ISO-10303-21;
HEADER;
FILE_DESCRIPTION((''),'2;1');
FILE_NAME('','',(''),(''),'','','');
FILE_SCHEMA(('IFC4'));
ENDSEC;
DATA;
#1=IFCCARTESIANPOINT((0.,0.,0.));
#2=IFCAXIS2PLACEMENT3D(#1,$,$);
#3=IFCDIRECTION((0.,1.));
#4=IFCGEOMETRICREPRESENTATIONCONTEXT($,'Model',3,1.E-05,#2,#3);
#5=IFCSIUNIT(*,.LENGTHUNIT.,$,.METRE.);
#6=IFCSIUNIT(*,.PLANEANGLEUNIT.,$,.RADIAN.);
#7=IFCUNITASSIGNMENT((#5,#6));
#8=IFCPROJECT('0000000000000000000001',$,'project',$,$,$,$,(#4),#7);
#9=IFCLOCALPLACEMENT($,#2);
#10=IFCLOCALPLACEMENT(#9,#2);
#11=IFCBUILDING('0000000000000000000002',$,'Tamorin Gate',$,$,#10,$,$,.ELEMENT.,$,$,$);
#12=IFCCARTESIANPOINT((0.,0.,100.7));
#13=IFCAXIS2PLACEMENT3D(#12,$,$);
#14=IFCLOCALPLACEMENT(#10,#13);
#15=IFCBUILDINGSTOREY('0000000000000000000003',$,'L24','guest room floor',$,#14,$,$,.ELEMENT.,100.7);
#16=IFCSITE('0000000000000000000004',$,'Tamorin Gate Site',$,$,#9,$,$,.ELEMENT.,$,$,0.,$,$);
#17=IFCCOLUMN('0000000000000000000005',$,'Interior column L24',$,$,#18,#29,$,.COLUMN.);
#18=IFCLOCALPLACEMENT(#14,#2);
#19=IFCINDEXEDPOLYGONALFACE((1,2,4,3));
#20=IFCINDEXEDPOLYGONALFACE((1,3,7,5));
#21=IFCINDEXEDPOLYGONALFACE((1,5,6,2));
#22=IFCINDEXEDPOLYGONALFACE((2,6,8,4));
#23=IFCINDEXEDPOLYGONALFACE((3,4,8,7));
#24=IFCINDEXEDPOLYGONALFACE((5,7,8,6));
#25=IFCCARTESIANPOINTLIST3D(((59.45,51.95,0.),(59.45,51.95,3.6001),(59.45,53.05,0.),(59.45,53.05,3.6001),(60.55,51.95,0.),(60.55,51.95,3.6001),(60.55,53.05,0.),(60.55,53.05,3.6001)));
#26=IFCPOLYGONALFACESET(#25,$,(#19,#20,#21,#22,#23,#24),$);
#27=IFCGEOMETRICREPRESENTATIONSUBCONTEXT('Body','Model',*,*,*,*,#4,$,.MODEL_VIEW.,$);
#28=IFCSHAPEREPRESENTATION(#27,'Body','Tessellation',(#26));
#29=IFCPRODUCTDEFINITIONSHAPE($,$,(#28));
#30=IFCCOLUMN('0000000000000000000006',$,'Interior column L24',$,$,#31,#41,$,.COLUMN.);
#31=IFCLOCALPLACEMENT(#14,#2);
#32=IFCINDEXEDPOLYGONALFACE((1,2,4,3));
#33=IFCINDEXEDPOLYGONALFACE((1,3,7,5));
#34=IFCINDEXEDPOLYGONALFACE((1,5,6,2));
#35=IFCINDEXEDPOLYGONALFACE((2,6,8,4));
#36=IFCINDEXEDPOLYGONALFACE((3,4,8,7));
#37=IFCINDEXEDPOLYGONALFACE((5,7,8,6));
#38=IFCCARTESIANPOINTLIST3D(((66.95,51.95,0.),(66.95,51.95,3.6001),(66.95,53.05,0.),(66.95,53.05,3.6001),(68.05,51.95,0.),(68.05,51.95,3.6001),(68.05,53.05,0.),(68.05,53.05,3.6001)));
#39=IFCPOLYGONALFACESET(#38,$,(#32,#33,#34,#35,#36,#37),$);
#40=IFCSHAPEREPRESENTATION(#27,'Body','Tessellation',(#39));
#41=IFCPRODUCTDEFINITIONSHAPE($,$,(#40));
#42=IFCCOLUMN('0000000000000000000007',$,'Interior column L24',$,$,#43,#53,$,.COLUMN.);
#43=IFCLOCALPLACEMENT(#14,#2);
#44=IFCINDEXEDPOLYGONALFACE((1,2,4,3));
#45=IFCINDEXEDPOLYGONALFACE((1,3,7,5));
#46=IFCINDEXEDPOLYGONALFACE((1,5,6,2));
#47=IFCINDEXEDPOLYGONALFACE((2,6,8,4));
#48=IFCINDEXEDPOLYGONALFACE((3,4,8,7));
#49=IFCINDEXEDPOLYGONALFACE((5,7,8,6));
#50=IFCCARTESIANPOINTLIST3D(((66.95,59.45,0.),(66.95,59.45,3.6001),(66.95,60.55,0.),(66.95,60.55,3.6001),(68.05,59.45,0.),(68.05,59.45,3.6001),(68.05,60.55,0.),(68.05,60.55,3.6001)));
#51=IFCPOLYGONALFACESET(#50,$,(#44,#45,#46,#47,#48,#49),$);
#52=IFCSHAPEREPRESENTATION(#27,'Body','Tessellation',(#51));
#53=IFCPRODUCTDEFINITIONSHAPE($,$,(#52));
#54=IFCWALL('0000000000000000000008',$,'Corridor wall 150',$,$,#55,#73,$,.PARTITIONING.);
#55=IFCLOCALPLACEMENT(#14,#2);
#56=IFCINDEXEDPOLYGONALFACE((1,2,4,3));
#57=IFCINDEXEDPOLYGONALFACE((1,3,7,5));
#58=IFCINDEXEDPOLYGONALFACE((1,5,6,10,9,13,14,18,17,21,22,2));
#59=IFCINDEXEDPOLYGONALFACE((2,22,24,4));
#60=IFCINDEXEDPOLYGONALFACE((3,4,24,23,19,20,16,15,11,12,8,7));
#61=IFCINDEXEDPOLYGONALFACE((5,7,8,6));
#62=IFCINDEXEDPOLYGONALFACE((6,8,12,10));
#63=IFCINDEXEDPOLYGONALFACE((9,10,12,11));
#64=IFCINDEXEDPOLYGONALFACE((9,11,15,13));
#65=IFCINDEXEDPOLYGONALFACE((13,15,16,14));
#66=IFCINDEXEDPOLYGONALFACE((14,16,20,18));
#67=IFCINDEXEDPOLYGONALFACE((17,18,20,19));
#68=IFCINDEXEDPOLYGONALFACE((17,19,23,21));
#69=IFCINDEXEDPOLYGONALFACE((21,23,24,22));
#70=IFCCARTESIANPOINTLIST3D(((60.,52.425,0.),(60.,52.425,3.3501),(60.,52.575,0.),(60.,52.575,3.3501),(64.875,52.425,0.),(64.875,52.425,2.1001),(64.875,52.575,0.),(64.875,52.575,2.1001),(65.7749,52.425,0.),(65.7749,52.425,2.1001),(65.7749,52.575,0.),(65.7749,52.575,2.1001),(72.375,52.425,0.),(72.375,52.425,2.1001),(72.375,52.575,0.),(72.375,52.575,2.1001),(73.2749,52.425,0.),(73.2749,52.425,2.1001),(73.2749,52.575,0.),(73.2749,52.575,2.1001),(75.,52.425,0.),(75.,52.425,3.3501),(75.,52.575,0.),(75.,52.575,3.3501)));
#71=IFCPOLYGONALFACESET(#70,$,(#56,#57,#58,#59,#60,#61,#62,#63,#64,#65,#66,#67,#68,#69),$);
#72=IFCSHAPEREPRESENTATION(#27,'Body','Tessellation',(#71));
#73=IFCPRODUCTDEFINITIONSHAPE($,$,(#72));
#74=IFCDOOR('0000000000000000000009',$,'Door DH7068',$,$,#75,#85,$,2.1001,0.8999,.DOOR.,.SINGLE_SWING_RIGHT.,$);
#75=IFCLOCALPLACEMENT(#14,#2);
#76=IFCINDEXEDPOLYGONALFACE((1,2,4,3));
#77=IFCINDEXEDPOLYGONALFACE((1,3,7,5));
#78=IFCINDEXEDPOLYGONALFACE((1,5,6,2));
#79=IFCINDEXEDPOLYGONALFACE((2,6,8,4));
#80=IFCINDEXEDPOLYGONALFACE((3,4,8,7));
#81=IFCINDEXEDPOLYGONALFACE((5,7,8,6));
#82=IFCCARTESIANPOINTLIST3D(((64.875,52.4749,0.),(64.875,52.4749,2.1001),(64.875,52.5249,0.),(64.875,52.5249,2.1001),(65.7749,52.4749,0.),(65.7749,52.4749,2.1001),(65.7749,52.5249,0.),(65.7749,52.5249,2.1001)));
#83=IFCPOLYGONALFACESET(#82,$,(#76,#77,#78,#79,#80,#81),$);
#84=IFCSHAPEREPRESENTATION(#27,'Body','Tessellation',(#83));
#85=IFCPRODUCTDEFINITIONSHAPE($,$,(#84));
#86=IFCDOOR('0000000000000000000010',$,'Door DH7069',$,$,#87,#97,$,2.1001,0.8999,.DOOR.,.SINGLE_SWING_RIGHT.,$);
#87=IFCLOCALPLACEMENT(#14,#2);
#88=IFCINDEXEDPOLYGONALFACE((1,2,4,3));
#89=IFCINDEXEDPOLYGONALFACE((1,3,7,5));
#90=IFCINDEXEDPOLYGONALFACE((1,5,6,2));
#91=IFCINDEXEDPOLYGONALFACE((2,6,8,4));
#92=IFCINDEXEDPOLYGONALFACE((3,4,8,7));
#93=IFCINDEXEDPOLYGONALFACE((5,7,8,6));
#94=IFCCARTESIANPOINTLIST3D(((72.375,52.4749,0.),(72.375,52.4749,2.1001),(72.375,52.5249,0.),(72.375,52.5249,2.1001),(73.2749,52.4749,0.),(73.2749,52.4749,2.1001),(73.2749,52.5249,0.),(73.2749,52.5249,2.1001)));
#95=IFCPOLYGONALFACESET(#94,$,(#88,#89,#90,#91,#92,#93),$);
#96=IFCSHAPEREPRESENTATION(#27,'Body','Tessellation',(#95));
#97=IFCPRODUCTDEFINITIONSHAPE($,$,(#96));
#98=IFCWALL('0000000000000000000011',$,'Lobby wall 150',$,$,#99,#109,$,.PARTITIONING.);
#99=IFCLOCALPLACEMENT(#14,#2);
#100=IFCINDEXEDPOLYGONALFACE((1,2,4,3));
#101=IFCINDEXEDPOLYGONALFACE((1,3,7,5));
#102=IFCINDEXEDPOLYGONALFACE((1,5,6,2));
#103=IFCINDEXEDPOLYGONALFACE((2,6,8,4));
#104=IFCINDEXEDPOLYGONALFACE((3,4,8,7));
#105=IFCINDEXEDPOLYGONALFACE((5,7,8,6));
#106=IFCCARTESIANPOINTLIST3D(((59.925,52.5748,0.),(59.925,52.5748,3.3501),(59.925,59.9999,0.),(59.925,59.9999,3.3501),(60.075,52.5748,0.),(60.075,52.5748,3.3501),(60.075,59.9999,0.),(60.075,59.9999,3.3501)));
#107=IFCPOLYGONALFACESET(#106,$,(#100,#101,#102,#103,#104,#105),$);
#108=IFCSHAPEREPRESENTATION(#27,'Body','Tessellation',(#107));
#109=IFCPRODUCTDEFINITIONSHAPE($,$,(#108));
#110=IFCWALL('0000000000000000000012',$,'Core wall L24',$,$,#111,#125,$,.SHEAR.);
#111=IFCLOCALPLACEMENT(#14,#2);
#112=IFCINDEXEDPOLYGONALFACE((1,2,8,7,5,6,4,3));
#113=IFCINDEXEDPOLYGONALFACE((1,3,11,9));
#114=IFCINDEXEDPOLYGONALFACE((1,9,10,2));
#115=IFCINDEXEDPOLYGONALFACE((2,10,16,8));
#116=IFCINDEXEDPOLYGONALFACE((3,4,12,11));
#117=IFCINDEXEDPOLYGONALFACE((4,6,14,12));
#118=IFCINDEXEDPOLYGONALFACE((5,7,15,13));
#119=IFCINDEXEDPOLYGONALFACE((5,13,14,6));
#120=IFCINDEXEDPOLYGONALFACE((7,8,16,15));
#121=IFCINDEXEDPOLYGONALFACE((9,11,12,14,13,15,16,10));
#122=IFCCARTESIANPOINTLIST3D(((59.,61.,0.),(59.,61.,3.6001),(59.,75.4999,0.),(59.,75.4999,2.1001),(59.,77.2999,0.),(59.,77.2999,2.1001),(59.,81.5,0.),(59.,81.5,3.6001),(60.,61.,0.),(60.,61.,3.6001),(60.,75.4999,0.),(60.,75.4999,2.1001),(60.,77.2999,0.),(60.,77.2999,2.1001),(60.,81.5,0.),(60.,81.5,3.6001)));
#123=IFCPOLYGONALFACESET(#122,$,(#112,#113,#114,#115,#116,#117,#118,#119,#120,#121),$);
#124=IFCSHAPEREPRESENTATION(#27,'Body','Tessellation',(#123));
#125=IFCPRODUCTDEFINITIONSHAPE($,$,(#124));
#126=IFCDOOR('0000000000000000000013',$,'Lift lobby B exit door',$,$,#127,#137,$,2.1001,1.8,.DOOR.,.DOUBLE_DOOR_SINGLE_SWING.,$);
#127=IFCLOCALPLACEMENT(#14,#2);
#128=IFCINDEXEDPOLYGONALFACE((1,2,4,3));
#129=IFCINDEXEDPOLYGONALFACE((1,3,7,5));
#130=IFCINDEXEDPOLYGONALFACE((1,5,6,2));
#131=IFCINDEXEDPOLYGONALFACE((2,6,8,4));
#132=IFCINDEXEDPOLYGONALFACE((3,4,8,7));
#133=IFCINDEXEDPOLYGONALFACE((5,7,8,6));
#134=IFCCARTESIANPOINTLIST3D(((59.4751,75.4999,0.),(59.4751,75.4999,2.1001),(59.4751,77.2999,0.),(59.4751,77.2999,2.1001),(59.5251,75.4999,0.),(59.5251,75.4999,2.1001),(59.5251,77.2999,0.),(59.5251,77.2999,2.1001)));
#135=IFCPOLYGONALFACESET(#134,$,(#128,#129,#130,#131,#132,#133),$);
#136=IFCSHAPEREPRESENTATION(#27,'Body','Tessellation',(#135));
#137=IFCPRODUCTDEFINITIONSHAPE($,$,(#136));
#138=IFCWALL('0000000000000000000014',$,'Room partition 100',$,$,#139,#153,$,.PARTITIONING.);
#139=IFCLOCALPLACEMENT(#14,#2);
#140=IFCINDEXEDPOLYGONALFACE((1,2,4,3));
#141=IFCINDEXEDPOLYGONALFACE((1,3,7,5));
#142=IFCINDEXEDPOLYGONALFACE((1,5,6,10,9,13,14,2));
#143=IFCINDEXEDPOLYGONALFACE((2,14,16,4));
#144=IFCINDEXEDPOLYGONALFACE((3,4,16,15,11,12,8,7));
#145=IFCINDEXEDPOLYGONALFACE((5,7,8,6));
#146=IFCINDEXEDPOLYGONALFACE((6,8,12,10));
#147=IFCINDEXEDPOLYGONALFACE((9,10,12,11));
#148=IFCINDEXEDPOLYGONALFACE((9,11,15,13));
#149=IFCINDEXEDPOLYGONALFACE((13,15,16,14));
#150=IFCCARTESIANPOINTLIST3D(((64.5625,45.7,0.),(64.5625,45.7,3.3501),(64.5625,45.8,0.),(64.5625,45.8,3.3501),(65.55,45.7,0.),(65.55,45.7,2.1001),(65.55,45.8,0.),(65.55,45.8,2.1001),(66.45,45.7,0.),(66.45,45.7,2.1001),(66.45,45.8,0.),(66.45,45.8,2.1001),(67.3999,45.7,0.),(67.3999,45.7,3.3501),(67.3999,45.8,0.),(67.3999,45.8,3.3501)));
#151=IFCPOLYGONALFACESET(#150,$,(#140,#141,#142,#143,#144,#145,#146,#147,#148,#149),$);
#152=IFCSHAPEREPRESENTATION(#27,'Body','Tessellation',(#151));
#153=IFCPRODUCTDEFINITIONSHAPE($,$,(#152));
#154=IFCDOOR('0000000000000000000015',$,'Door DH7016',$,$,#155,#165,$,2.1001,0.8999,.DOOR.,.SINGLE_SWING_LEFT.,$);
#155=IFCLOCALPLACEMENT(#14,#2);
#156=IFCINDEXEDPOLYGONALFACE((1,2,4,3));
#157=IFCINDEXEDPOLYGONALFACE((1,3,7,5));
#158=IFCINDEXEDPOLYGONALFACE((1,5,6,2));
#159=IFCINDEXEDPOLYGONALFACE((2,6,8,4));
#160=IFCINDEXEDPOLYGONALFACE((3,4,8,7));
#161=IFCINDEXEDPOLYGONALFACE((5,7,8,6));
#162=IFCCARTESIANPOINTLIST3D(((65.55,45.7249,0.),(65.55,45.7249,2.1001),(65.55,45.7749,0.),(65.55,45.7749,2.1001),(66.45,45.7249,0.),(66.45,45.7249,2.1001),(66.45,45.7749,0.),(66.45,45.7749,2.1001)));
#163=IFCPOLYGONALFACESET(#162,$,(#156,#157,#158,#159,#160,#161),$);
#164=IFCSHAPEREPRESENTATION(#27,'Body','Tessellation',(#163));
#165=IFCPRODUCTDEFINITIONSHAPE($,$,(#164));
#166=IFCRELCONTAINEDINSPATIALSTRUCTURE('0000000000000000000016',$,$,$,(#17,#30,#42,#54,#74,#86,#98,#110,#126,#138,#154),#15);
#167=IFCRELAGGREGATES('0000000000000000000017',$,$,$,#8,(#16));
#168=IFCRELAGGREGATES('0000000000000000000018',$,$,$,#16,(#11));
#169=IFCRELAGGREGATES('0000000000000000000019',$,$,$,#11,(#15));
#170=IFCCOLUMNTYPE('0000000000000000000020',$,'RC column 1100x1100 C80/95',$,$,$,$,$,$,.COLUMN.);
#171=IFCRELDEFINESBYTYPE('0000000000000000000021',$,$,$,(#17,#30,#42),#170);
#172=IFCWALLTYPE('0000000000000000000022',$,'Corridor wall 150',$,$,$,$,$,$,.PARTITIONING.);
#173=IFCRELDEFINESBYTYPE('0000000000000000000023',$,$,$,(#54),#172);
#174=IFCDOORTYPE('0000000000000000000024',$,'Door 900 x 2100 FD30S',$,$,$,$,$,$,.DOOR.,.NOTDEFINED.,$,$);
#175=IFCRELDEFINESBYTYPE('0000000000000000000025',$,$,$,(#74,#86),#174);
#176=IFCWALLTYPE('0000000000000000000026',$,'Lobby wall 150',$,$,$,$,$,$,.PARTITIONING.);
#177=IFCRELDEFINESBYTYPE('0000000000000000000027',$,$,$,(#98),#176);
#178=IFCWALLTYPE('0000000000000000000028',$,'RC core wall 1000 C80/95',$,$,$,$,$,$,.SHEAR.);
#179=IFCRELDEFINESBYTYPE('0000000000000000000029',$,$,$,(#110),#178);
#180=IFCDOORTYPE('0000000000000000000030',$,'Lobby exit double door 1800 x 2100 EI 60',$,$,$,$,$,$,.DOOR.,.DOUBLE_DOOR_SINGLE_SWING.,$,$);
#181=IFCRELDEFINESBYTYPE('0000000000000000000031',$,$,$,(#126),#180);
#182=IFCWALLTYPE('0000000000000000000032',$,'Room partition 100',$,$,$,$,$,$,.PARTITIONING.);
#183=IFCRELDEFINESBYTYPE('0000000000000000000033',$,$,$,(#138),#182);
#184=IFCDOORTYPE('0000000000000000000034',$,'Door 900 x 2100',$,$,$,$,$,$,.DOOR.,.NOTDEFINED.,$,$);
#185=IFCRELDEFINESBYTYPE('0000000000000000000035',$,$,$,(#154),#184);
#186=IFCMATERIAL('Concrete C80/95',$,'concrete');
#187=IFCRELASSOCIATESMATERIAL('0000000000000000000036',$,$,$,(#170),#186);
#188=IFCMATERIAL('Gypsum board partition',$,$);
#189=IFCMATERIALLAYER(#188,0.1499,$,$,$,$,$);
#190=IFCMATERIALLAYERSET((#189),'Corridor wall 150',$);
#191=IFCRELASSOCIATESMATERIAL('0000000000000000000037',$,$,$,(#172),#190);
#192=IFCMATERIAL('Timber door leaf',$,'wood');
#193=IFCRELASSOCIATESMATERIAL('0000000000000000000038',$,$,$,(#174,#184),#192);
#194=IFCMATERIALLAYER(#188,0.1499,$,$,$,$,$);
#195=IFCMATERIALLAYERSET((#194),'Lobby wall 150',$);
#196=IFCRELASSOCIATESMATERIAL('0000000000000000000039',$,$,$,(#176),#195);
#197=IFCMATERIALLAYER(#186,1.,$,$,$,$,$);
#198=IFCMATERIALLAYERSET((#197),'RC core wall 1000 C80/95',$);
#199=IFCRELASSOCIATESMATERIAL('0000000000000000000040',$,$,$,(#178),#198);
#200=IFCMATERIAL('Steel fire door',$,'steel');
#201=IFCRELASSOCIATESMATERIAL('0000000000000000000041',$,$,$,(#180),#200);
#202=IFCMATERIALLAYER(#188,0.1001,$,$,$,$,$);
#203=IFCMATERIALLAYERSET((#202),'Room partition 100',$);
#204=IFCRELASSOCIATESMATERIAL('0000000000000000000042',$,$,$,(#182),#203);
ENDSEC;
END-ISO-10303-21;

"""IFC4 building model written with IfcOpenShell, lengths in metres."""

from ifc_helpers import new_model, si_unit, direction, frame, frame_2d, origin, origin_2d, place, context, subcontext, project, spatial, rectangle, extrude, material, layer, layer_set, material_profile, profile_set, type_object, element, fill, save


model = new_model("IFC4")

# Units and contexts
model_context = context("Model", 3, precision=1e-05, world=origin(), true_north=direction((0.0, 1.0)))
body_context = subcontext(model_context, "Body", "Model", "MODEL_VIEW")
ifc_project = project(units=[si_unit("LENGTHUNIT", "METRE"), si_unit("PLANEANGLEUNIT", "RADIAN")], contexts=[model_context])

# Site, building, storey
site_placement = place(None, origin())
site = spatial("IfcSite", under=ifc_project, at=site_placement, Name="Tamorin Gate Site", CompositionType="ELEMENT", RefElevation=0.0)
building_placement = place(site_placement, origin())
building = spatial("IfcBuilding", under=site, at=building_placement, Name="Tamorin Gate", CompositionType="ELEMENT")
storey_placement = place(building_placement, frame((0.0, 0.0, 100.7)))
storey = spatial("IfcBuildingStorey", under=building, at=storey_placement, Name="L24", Description="guest room floor", CompositionType="ELEMENT", Elevation=100.7)

# Columns
ifc_material_1 = material(Name="Concrete C80/95", Category="concrete")
ifc_material_profile = material_profile(ifc_material_1, rectangle(XDim=1.1001, YDim=1.1001, at=origin_2d()), Name="RC 1100x1100")
ifc_profile_set = profile_set([ifc_material_profile], Name="Concrete C80/95")
column_type = type_object("IfcColumnType", Name="RC column 1100x1100 C80/95", PredefinedType="COLUMN", material=ifc_profile_set)
for number, where, z_axis, x_axis, name in (
    (1, (60.0, 52.5, 0.0), (0.0, 0.0, 1.0), (1.0, 0.0, 0.0), "Interior column L24"),
    (2, (67.5, 52.5, 0.0), (0.0, 0.0, 1.0), (1.0, 0.0, 0.0), "Interior column L24"),
    (3, (67.5, 60.0, 0.0), (0.0, 0.0, 1.0), (1.0, 0.0, 0.0), "Interior column L24"),
):
    element("IfcColumn", number, at=place(storey_placement, frame(where, z_axis=z_axis, x_axis=x_axis)), inside=storey, type_object=column_type, Name=name, PredefinedType="COLUMN", context=body_context, shape_type="SweptSolid", body=[
        extrude(rectangle(XDim=1.1001, YDim=1.1001, at=origin_2d()), origin(), (0.0, 0.0, 1.0), 3.6001),
    ])

# Wall, openings, doors
ifc_material_2 = material(Name="Gypsum board partition")
ifc_layer_1 = layer(ifc_material_2, 0.1499)
ifc_layer_set_1 = layer_set([ifc_layer_1], Name="Corridor wall 150")
wall_type_1 = type_object("IfcWallType", Name="Corridor wall 150", PredefinedType="PARTITIONING", material=ifc_layer_set_1)
wall_1_placement = place(storey_placement, frame((60.0, 52.5, 0.0), z_axis=(0.0, 0.0, 1.0), x_axis=(1.0, 0.0, 0.0)))
wall_1 = element("IfcWall", 4, at=wall_1_placement, inside=storey, type_object=wall_type_1, Name="Corridor wall 150", PredefinedType="PARTITIONING", context=body_context, shape_type="SweptSolid", body=[
    extrude(rectangle(XDim=15.0, YDim=0.1499, at=frame_2d((7.5, 0.0))), origin(), (0.0, 0.0, 1.0), 3.3501),
])
opening_1_placement = place(wall_1_placement, frame((4.875, 0.0, 0.0)))
opening_1 = element("IfcOpeningElement", 5, at=opening_1_placement, cuts=wall_1, PredefinedType="OPENING", context=body_context, shape_type="SweptSolid", body=[
    extrude(rectangle(XDim=0.8999, YDim=2.1001, at=frame_2d((0.45, 1.05))), frame((0.0, 0.085, 0.0), z_axis=(0.0, -1.0, 0.0), x_axis=(1.0, 0.0, 0.0)), (0.0, 0.0, 1.0), 0.1699),
])
opening_2_placement = place(wall_1_placement, frame((12.375, 0.0, 0.0)))
opening_2 = element("IfcOpeningElement", 6, at=opening_2_placement, cuts=wall_1, PredefinedType="OPENING", context=body_context, shape_type="SweptSolid", body=[
    extrude(rectangle(XDim=0.8999, YDim=2.1001, at=frame_2d((0.45, 1.05))), frame((0.0, 0.085, 0.0), z_axis=(0.0, -1.0, 0.0), x_axis=(1.0, 0.0, 0.0)), (0.0, 0.0, 1.0), 0.1699),
])
ifc_material_3 = material(Name="Timber door leaf", Category="wood")
door_type_1 = type_object("IfcDoorType", Name="Door 900 x 2100 FD30S", OperationType="NOTDEFINED", PredefinedType="DOOR", material=ifc_material_3)
door_1_placement = place(opening_1_placement, origin())
door_1 = element("IfcDoor", 7, at=door_1_placement, inside=storey, type_object=door_type_1, Name="Door DH7068", OperationType="SINGLE_SWING_RIGHT", OverallHeight=2.1001, OverallWidth=0.8999, PredefinedType="DOOR", context=body_context, shape_type="SweptSolid", body=[
    extrude(rectangle(XDim=0.8999, YDim=2.1001, at=frame_2d((0.45, 1.05))), frame((0.0, 0.0249, 0.0), z_axis=(0.0, -1.0, 0.0), x_axis=(1.0, 0.0, 0.0)), (0.0, 0.0, 1.0), 0.05),
])
fill(opening_1, door_1)
door_2_placement = place(opening_2_placement, origin())
door_2 = element("IfcDoor", 8, at=door_2_placement, inside=storey, type_object=door_type_1, Name="Door DH7069", OperationType="SINGLE_SWING_RIGHT", OverallHeight=2.1001, OverallWidth=0.8999, PredefinedType="DOOR", context=body_context, shape_type="SweptSolid", body=[
    extrude(rectangle(XDim=0.8999, YDim=2.1001, at=frame_2d((0.45, 1.05))), frame((0.0, 0.0249, 0.0), z_axis=(0.0, -1.0, 0.0), x_axis=(1.0, 0.0, 0.0)), (0.0, 0.0, 1.0), 0.05),
])
fill(opening_2, door_2)

# Wall
ifc_layer_2 = layer(ifc_material_2, 0.1499)
ifc_layer_set_2 = layer_set([ifc_layer_2], Name="Lobby wall 150")
wall_type_2 = type_object("IfcWallType", Name="Lobby wall 150", PredefinedType="PARTITIONING", material=ifc_layer_set_2)
wall_2_placement = place(storey_placement, frame((60.0, 52.575, 0.0), z_axis=(0.0, 0.0, 1.0), x_axis=(0.0, 1.0, 0.0)))
element("IfcWall", 9, at=wall_2_placement, inside=storey, type_object=wall_type_2, Name="Lobby wall 150", PredefinedType="PARTITIONING", context=body_context, shape_type="SweptSolid", body=[
    extrude(rectangle(XDim=7.425, YDim=0.1499, at=frame_2d((3.7124, 0.0))), origin(), (0.0, 0.0, 1.0), 3.3501),
])

# Walls, openings, doors
ifc_layer_3 = layer(ifc_material_1, 1.0)
ifc_layer_set_3 = layer_set([ifc_layer_3], Name="RC core wall 1000 C80/95")
wall_type_3 = type_object("IfcWallType", Name="RC core wall 1000 C80/95", PredefinedType="SHEAR", material=ifc_layer_set_3)
wall_3_placement = place(storey_placement, frame((59.5, 61.0, 0.0), z_axis=(0.0, 0.0, 1.0), x_axis=(0.0, 1.0, 0.0)))
wall_3 = element("IfcWall", 10, at=wall_3_placement, inside=storey, type_object=wall_type_3, Name="Core wall L24", PredefinedType="SHEAR", context=body_context, shape_type="SweptSolid", body=[
    extrude(rectangle(XDim=20.5, YDim=1.0, at=frame_2d((10.25, 0.0))), origin(), (0.0, 0.0, 1.0), 3.6001),
])
opening_3_placement = place(wall_3_placement, frame((14.5, 0.0, 0.0)))
opening_3 = element("IfcOpeningElement", 11, at=opening_3_placement, cuts=wall_3, PredefinedType="OPENING", context=body_context, shape_type="SweptSolid", body=[
    extrude(rectangle(XDim=1.8, YDim=2.1001, at=frame_2d((0.8999, 1.05))), frame((0.0, 0.51, 0.0), z_axis=(0.0, -1.0, 0.0), x_axis=(1.0, 0.0, 0.0)), (0.0, 0.0, 1.0), 1.02),
])
ifc_material_4 = material(Name="Steel fire door", Category="steel")
door_type_2 = type_object("IfcDoorType", Name="Lobby exit double door 1800 x 2100 EI 60", OperationType="DOUBLE_DOOR_SINGLE_SWING", PredefinedType="DOOR", material=ifc_material_4)
door_3_placement = place(opening_3_placement, origin())
door_3 = element("IfcDoor", 12, at=door_3_placement, inside=storey, type_object=door_type_2, Name="Lift lobby B exit door", OperationType="DOUBLE_DOOR_SINGLE_SWING", OverallHeight=2.1001, OverallWidth=1.8, PredefinedType="DOOR", context=body_context, shape_type="SweptSolid", body=[
    extrude(rectangle(XDim=1.8, YDim=2.1001, at=frame_2d((0.8999, 1.05))), frame((0.0, 0.0249, 0.0), z_axis=(0.0, -1.0, 0.0), x_axis=(1.0, 0.0, 0.0)), (0.0, 0.0, 1.0), 0.05),
])
fill(opening_3, door_3)
ifc_layer_4 = layer(ifc_material_2, 0.1001)
ifc_layer_set_4 = layer_set([ifc_layer_4], Name="Room partition 100")
wall_type_4 = type_object("IfcWallType", Name="Room partition 100", PredefinedType="PARTITIONING", material=ifc_layer_set_4)
wall_4_placement = place(storey_placement, frame((64.5625, 45.75, 0.0), z_axis=(0.0, 0.0, 1.0), x_axis=(1.0, 0.0, 0.0)))
wall_4 = element("IfcWall", 13, at=wall_4_placement, inside=storey, type_object=wall_type_4, Name="Room partition 100", PredefinedType="PARTITIONING", context=body_context, shape_type="SweptSolid", body=[
    extrude(rectangle(XDim=2.8374, YDim=0.1001, at=frame_2d((1.4187, 0.0))), origin(), (0.0, 0.0, 1.0), 3.3501),
])
opening_4_placement = place(wall_4_placement, frame((0.9875, 0.0, 0.0)))
opening_4 = element("IfcOpeningElement", 14, at=opening_4_placement, cuts=wall_4, PredefinedType="OPENING", context=body_context, shape_type="SweptSolid", body=[
    extrude(rectangle(XDim=0.8999, YDim=2.1001, at=frame_2d((0.45, 1.05))), frame((0.0, 0.0601, 0.0), z_axis=(0.0, -1.0, 0.0), x_axis=(1.0, 0.0, 0.0)), (0.0, 0.0, 1.0), 0.1201),
])
door_type_3 = type_object("IfcDoorType", Name="Door 900 x 2100", OperationType="NOTDEFINED", PredefinedType="DOOR", material=ifc_material_3)
door_4_placement = place(opening_4_placement, origin())
door_4 = element("IfcDoor", 15, at=door_4_placement, inside=storey, type_object=door_type_3, Name="Door DH7016", OperationType="SINGLE_SWING_LEFT", OverallHeight=2.1001, OverallWidth=0.8999, PredefinedType="DOOR", context=body_context, shape_type="SweptSolid", body=[
    extrude(rectangle(XDim=0.8999, YDim=2.1001, at=frame_2d((0.45, 1.05))), frame((0.0, 0.0249, 0.0), z_axis=(0.0, -1.0, 0.0), x_axis=(1.0, 0.0, 0.0)), (0.0, 0.0, 1.0), 0.05),
])
fill(opening_4, door_4)

save(model, "model.ifc")
